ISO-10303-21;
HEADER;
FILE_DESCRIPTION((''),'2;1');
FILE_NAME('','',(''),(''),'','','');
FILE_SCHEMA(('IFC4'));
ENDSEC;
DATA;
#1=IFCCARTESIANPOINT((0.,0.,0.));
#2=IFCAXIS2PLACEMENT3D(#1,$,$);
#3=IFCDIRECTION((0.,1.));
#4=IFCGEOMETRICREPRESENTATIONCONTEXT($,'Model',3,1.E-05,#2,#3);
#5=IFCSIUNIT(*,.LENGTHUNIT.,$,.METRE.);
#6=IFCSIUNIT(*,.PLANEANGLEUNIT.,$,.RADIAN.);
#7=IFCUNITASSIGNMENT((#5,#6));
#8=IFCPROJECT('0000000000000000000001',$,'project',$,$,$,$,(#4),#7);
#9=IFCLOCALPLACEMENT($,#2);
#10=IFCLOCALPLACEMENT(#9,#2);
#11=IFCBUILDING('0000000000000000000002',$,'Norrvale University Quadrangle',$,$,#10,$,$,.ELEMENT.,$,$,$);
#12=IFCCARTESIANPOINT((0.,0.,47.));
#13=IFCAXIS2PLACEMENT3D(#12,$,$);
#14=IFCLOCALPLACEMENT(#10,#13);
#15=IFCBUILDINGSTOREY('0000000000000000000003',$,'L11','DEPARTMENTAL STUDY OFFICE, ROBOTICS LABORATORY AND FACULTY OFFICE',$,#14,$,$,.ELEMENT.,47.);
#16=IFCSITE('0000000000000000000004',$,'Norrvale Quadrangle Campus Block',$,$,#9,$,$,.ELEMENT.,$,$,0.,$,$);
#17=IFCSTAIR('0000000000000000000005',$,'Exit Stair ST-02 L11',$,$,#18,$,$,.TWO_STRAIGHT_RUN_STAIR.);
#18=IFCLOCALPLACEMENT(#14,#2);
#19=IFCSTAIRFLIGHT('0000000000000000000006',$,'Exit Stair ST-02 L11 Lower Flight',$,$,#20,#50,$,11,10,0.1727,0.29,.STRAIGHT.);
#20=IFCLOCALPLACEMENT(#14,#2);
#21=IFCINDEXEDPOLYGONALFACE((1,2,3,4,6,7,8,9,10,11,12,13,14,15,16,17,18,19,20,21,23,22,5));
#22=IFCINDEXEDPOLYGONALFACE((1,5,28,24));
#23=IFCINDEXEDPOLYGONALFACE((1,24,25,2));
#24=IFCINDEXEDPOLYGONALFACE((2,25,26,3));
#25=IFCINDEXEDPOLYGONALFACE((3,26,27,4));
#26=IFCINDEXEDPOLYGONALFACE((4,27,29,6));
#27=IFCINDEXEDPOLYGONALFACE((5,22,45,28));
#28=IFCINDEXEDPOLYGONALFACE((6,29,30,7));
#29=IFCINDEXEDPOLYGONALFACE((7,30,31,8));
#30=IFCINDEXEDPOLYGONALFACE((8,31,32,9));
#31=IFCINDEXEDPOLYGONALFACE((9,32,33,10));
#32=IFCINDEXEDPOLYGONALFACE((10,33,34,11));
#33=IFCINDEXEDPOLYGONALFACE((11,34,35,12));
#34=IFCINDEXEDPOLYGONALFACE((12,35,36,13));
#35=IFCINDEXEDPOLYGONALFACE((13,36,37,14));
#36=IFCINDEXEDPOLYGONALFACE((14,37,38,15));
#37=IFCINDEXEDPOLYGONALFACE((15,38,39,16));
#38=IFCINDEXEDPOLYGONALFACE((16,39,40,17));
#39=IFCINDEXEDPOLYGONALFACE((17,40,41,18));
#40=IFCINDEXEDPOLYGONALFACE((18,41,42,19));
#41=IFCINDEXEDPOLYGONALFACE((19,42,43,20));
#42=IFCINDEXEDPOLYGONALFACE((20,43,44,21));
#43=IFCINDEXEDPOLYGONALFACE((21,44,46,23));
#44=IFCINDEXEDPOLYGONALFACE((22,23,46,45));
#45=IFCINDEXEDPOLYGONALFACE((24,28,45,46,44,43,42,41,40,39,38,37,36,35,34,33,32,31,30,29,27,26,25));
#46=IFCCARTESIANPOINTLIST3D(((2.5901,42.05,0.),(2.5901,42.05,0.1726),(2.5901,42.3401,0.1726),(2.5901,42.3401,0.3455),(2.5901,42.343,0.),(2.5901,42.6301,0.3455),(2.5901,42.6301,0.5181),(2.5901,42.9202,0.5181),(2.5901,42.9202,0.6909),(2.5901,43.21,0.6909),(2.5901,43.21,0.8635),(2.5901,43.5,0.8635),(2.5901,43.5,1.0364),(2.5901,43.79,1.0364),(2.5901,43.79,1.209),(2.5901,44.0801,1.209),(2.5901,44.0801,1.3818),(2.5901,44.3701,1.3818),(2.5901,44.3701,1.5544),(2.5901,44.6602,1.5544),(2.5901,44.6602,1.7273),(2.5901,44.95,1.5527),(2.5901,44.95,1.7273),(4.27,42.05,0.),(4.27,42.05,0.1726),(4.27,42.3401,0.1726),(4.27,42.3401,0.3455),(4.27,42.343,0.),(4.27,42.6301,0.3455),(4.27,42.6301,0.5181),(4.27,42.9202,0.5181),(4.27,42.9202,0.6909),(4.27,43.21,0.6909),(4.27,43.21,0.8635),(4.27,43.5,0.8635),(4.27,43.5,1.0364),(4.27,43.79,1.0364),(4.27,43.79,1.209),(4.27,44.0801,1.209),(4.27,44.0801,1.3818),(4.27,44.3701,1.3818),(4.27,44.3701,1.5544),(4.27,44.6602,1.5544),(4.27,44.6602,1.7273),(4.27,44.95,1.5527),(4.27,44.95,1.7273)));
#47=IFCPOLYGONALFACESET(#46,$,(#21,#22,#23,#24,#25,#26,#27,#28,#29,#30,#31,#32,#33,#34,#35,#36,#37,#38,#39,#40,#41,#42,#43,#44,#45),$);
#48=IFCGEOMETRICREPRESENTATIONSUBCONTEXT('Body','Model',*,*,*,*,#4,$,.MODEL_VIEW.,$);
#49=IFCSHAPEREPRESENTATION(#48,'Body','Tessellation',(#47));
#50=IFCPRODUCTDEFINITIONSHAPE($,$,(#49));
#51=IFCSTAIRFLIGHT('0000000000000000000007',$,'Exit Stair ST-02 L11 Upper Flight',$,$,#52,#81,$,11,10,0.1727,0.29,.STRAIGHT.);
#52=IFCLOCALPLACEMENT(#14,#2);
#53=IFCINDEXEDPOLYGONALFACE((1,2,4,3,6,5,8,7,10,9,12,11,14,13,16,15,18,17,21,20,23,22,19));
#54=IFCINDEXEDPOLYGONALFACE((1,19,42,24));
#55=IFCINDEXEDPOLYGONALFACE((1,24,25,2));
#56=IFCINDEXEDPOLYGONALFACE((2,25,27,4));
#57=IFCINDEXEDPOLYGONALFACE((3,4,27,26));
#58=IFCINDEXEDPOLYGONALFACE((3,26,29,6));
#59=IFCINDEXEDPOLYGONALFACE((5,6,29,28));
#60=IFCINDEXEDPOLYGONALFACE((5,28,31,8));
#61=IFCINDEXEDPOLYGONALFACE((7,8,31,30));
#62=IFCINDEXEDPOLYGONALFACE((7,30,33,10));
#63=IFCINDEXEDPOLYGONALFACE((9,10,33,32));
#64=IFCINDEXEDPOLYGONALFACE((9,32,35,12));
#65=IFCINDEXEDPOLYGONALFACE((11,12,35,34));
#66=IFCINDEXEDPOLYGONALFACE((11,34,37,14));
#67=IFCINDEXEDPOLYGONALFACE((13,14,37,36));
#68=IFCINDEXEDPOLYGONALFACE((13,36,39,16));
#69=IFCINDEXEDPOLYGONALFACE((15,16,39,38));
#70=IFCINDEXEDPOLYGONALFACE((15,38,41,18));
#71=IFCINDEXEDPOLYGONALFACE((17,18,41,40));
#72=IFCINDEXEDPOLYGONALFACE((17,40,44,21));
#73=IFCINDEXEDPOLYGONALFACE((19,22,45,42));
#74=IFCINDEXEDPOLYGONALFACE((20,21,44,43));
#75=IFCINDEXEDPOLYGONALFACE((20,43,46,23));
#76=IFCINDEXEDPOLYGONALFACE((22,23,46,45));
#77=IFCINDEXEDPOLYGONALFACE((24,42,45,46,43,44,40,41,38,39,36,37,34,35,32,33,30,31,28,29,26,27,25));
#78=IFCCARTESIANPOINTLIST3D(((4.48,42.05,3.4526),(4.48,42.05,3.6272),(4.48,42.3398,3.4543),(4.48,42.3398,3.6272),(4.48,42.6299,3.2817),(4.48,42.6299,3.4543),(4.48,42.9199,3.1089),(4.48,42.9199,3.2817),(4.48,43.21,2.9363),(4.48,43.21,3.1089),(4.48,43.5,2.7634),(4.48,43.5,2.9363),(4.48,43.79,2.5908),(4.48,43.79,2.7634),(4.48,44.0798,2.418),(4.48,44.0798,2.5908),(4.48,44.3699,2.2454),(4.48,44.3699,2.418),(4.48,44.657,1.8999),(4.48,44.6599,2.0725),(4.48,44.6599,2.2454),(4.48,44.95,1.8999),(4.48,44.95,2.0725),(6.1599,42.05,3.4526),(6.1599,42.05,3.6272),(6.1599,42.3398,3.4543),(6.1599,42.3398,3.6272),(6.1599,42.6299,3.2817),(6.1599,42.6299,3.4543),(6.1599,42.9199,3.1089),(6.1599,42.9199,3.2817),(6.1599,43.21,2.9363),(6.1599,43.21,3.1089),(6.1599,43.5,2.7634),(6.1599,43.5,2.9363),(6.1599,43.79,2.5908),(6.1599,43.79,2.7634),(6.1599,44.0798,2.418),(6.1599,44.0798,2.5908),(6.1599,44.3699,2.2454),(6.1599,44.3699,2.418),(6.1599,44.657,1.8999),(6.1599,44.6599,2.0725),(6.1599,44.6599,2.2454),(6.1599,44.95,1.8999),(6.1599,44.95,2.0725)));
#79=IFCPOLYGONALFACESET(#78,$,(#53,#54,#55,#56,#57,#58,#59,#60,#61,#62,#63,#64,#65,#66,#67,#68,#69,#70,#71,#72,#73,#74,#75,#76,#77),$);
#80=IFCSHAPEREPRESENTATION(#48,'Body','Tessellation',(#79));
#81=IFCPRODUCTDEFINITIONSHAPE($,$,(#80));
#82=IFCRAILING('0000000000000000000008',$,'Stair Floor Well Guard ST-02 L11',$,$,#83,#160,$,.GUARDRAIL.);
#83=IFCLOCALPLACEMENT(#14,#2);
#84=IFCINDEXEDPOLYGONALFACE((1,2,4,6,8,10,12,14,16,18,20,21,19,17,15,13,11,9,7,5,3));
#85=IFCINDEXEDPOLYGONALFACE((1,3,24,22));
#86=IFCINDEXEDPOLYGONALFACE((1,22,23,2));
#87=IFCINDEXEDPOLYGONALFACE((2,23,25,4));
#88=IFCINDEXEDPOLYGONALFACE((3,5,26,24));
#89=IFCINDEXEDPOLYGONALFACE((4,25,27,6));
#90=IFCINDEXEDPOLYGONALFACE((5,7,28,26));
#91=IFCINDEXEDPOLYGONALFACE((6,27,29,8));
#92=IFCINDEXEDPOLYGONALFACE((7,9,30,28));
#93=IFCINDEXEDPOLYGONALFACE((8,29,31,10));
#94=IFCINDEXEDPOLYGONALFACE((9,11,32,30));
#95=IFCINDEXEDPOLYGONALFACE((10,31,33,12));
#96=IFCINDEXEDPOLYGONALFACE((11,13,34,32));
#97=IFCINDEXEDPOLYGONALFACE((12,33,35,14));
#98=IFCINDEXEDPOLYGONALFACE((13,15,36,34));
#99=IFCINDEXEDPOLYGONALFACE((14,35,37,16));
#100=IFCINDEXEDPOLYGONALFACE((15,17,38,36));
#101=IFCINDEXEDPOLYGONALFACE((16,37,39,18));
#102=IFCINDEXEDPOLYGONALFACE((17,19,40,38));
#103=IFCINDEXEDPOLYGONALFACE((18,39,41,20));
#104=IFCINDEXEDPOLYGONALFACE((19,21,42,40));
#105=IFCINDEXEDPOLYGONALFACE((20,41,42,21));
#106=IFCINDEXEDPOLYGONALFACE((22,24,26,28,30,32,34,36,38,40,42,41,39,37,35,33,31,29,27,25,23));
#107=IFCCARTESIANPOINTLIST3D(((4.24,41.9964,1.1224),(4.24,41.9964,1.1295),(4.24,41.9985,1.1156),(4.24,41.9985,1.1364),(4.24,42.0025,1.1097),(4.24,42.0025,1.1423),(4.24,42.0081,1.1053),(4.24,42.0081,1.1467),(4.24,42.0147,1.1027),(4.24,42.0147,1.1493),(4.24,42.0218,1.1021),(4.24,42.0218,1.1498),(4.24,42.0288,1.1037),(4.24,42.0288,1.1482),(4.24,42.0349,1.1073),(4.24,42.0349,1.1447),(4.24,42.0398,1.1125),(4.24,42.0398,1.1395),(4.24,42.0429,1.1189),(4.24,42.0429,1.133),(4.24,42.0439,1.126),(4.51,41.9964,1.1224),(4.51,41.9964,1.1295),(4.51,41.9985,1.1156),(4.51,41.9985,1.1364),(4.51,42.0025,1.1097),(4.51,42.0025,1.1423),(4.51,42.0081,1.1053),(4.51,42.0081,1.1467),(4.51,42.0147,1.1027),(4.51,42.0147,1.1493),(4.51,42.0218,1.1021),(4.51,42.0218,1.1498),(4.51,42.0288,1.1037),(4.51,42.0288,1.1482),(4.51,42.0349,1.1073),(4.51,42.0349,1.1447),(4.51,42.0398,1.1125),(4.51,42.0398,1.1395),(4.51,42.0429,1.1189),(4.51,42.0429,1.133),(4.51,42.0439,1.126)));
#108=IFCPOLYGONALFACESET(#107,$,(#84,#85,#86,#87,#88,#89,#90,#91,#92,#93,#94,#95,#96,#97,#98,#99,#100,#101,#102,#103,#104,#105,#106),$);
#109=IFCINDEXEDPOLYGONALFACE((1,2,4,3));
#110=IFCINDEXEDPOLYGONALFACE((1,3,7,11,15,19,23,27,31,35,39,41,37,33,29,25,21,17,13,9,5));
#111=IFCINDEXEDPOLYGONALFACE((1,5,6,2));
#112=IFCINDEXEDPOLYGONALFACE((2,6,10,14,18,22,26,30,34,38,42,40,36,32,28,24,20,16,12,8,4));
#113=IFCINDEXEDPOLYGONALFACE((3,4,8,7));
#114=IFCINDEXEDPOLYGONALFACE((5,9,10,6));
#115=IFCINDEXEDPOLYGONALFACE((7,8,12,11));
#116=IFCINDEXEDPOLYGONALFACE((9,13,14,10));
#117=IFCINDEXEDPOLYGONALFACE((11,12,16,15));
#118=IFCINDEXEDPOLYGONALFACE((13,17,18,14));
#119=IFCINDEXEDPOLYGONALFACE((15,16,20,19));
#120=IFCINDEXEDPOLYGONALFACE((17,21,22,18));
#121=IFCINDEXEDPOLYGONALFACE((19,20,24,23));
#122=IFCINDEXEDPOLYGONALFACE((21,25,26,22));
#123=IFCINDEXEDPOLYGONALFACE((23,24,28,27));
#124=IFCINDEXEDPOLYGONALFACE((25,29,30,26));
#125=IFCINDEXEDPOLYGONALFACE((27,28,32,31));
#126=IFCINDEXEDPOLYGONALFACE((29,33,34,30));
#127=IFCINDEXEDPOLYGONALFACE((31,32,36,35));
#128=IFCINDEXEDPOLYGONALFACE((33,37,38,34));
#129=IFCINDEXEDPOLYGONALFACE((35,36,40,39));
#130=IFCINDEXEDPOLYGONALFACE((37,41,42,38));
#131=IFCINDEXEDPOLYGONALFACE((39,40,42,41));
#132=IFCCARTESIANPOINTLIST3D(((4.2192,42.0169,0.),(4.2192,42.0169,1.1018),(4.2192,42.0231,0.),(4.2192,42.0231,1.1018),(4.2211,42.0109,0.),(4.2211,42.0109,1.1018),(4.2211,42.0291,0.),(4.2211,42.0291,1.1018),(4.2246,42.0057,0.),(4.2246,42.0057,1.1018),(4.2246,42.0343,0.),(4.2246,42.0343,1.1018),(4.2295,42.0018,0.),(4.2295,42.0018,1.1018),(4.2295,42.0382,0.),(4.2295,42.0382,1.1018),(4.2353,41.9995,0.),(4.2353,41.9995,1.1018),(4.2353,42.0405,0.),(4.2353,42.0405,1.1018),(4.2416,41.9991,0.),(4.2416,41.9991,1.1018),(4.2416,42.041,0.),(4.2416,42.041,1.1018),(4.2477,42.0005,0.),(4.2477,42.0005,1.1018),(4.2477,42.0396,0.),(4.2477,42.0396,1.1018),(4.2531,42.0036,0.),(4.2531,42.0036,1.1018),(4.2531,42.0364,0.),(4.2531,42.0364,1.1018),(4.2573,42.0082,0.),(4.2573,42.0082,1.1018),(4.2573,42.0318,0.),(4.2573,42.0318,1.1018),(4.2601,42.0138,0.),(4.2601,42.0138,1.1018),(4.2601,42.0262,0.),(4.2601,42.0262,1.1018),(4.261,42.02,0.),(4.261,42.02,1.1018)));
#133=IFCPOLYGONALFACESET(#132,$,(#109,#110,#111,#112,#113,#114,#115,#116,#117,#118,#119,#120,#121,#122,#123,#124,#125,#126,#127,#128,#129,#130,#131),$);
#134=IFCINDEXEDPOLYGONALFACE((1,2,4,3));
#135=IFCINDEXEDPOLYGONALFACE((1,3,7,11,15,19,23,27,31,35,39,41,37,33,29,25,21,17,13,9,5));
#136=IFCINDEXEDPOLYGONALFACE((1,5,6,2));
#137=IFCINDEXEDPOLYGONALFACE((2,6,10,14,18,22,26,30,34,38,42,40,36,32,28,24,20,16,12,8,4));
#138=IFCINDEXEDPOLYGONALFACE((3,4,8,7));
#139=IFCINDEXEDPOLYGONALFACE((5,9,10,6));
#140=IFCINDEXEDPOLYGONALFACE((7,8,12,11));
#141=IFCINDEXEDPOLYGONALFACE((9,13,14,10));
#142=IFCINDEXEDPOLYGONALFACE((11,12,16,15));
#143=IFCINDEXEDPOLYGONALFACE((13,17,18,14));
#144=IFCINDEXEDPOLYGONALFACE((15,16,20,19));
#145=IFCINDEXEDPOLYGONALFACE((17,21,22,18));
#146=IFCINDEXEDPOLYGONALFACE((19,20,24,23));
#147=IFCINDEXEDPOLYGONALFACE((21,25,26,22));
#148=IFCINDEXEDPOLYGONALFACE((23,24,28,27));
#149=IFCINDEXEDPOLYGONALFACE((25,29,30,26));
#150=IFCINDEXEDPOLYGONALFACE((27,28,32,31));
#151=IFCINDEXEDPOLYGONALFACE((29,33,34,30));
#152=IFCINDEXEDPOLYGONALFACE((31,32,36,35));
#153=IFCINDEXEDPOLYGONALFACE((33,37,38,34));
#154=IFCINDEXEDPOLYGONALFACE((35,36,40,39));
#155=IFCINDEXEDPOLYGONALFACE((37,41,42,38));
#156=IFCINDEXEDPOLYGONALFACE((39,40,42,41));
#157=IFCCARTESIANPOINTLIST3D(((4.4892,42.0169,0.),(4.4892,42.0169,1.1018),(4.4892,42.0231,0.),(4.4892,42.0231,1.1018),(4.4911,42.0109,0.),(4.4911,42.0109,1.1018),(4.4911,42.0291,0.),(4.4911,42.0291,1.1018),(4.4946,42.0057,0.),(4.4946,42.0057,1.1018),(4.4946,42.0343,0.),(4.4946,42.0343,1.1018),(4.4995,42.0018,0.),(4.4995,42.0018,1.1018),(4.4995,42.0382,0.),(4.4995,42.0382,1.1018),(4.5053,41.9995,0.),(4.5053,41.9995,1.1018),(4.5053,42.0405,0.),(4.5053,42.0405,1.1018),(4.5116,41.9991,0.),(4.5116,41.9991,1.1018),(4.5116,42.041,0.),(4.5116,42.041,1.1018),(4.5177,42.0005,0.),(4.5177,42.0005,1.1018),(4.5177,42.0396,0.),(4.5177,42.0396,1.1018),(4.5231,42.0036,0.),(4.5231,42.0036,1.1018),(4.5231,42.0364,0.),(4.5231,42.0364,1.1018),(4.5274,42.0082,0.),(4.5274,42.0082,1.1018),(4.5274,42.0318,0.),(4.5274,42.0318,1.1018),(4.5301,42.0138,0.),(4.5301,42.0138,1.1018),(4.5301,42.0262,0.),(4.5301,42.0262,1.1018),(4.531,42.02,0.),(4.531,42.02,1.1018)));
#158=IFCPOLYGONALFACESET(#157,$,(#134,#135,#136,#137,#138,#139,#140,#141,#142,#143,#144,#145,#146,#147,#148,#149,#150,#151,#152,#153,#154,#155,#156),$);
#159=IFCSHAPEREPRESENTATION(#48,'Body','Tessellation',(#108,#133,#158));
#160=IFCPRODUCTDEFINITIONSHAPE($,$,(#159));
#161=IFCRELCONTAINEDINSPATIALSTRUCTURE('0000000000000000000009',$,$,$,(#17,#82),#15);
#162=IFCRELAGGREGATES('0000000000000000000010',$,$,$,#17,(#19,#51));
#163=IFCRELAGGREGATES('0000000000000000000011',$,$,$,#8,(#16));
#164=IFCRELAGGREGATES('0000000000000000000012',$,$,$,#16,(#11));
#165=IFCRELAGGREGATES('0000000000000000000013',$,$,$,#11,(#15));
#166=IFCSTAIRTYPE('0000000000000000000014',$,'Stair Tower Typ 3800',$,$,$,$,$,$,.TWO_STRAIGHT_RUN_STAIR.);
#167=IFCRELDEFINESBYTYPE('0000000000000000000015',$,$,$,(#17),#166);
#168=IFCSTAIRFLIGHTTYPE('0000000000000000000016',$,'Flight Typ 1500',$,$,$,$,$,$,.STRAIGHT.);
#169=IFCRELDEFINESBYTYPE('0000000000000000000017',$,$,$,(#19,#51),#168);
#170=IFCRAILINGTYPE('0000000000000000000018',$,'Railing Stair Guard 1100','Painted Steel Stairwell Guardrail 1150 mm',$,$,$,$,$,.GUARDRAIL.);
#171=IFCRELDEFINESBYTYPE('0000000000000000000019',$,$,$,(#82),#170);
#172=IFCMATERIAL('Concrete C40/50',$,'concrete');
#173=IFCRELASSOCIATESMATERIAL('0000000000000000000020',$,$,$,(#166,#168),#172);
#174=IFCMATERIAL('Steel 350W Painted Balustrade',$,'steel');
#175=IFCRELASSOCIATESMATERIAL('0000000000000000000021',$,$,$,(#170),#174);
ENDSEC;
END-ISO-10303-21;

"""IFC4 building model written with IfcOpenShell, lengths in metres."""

from ifc_helpers import new_model, si_unit, direction, frame, origin, origin_2d, place, context, subcontext, project, spatial, polyline, circle, outline, extrude, material, type_object, element, aggregate, save


model = new_model("IFC4")

# Units and contexts
model_context = context("Model", 3, precision=1e-05, world=origin(), true_north=direction((0.0, 1.0)))
body_context = subcontext(model_context, "Body", "Model", "MODEL_VIEW")
ifc_project = project(units=[si_unit("LENGTHUNIT", "METRE"), si_unit("PLANEANGLEUNIT", "RADIAN")], contexts=[model_context])

# Site, building, storey
site_placement = place(None, origin())
site = spatial("IfcSite", under=ifc_project, at=site_placement, Name="Norrvale Quadrangle Campus Block", CompositionType="ELEMENT", RefElevation=0.0)
building_placement = place(site_placement, origin())
building = spatial("IfcBuilding", under=site, at=building_placement, Name="Norrvale University Quadrangle", CompositionType="ELEMENT")
storey_placement = place(building_placement, frame((0.0, 0.0, 47.0)))
storey = spatial("IfcBuildingStorey", under=building, at=storey_placement, Name="L11", Description="DEPARTMENTAL STUDY OFFICE, ROBOTICS LABORATORY AND FACULTY OFFICE", CompositionType="ELEMENT", Elevation=47.0)

# Stair, stair flights
ifc_material_1 = material(Name="Concrete C40/50", Category="concrete")
stair_type = type_object("IfcStairType", Name="Stair Tower Typ 3800", PredefinedType="TWO_STRAIGHT_RUN_STAIR", material=ifc_material_1)
stair_placement = place(storey_placement, origin())
stair = element("IfcStair", 1, at=stair_placement, inside=storey, type_object=stair_type, Name="Exit Stair ST-02 L11", PredefinedType="TWO_STRAIGHT_RUN_STAIR")
stair_flight_type = type_object("IfcStairFlightType", Name="Flight Typ 1500", PredefinedType="STRAIGHT", material=ifc_material_1)
stair_flight_1_placement = place(storey_placement, frame((3.4299, 42.05, 0.0), z_axis=(0.0, 0.0, 1.0), x_axis=(0.0, 1.0, 0.0)))
stair_flight_1 = element("IfcStairFlight", 2, at=stair_flight_1_placement, type_object=stair_flight_type, Name="Exit Stair ST-02 L11 Lower Flight", NumberOfRisers=11, NumberOfTreads=10, PredefinedType="STRAIGHT", RiserHeight=0.1727, TreadLength=0.29, context=body_context, shape_type="SweptSolid", body=[
    extrude(outline(polyline([(0.0, 0.0), (0.0, 0.1726), (0.29, 0.1726), (0.29, 0.3455), (0.5801, 0.3455), (0.5801, 0.5181), (0.8701, 0.5181), (0.8701, 0.6909), (1.1599, 0.6909), (1.1599, 0.8635), (1.45, 0.8635), (1.45, 1.0364), (1.74, 1.0364), (1.74, 1.209), (2.03, 1.209), (2.03, 1.3818), (2.3201, 1.3818), (2.3201, 1.5544), (2.6101, 1.5544), (2.6101, 1.7273), (2.8999, 1.7273), (2.8999, 1.8999), (2.8999, 1.5527), (0.293, 0.0), (0.0, 0.0)])), frame((0.0, 0.8398, 0.0), z_axis=(0.0, -1.0, 0.0), x_axis=(1.0, 0.0, 0.0)), (0.0, 0.0, 1.0), 1.6799),
])
stair_flight_2_placement = place(storey_placement, frame((5.3201, 44.95, 1.8999), z_axis=(0.0, 0.0, 1.0), x_axis=(0.0, -1.0, 0.0)))
stair_flight_2 = element("IfcStairFlight", 3, at=stair_flight_2_placement, type_object=stair_flight_type, Name="Exit Stair ST-02 L11 Upper Flight", NumberOfRisers=11, NumberOfTreads=10, PredefinedType="STRAIGHT", RiserHeight=0.1727, TreadLength=0.29, context=body_context, shape_type="SweptSolid", body=[
    extrude(outline(polyline([(0.0, 0.0), (0.0, 0.1726), (0.29, 0.1726), (0.29, 0.3455), (0.5801, 0.3455), (0.5801, 0.5181), (0.8701, 0.5181), (0.8701, 0.6909), (1.1599, 0.6909), (1.1599, 0.8635), (1.45, 0.8635), (1.45, 1.0364), (1.74, 1.0364), (1.74, 1.209), (2.03, 1.209), (2.03, 1.3818), (2.3201, 1.3818), (2.3201, 1.5544), (2.6101, 1.5544), (2.6101, 1.7273), (2.8999, 1.7273), (2.8999, 1.8999), (2.8999, 1.5527), (0.293, 0.0), (0.0, 0.0)])), frame((0.0, 0.8398, 0.0), z_axis=(0.0, -1.0, 0.0), x_axis=(1.0, 0.0, 0.0)), (0.0, 0.0, 1.0), 1.6799),
])
aggregate(stair, [stair_flight_1, stair_flight_2])

# Railing
ifc_material_2 = material(Name="Steel 350W Painted Balustrade", Category="steel")
railing_type_1 = type_object("IfcRailingType", Name="Railing Stair Guard 1100", Description="Painted Steel Stairwell Guardrail 1150 mm", PredefinedType="GUARDRAIL", material=ifc_material_2)
for number, where, name in (
    (4, (4.24, 42.02, 0.0), "Stair Floor Well Guard ST-02 L11"),
):
    element("IfcRailing", number, at=place(storey_placement, frame(where)), inside=storey, type_object=railing_type_1, Name=name, PredefinedType="GUARDRAIL", context=body_context, shape_type="SweptSolid", body=[
        extrude(circle(Radius=0.0239, at=origin_2d()), frame((0.0, 0.0, 1.126), z_axis=(1.0, 0.0, 0.0), x_axis=(0.0, 1.0, 0.0)), (0.0, 0.0, 1.0), 0.27),
        extrude(circle(Radius=0.021, at=origin_2d()), origin(), (0.0, 0.0, 1.0), 1.1018),
        extrude(circle(Radius=0.021, at=origin_2d()), frame((0.27, 0.0, 0.0)), (0.0, 0.0, 1.0), 1.1018),
    ])

save(model, "model.ifc")
